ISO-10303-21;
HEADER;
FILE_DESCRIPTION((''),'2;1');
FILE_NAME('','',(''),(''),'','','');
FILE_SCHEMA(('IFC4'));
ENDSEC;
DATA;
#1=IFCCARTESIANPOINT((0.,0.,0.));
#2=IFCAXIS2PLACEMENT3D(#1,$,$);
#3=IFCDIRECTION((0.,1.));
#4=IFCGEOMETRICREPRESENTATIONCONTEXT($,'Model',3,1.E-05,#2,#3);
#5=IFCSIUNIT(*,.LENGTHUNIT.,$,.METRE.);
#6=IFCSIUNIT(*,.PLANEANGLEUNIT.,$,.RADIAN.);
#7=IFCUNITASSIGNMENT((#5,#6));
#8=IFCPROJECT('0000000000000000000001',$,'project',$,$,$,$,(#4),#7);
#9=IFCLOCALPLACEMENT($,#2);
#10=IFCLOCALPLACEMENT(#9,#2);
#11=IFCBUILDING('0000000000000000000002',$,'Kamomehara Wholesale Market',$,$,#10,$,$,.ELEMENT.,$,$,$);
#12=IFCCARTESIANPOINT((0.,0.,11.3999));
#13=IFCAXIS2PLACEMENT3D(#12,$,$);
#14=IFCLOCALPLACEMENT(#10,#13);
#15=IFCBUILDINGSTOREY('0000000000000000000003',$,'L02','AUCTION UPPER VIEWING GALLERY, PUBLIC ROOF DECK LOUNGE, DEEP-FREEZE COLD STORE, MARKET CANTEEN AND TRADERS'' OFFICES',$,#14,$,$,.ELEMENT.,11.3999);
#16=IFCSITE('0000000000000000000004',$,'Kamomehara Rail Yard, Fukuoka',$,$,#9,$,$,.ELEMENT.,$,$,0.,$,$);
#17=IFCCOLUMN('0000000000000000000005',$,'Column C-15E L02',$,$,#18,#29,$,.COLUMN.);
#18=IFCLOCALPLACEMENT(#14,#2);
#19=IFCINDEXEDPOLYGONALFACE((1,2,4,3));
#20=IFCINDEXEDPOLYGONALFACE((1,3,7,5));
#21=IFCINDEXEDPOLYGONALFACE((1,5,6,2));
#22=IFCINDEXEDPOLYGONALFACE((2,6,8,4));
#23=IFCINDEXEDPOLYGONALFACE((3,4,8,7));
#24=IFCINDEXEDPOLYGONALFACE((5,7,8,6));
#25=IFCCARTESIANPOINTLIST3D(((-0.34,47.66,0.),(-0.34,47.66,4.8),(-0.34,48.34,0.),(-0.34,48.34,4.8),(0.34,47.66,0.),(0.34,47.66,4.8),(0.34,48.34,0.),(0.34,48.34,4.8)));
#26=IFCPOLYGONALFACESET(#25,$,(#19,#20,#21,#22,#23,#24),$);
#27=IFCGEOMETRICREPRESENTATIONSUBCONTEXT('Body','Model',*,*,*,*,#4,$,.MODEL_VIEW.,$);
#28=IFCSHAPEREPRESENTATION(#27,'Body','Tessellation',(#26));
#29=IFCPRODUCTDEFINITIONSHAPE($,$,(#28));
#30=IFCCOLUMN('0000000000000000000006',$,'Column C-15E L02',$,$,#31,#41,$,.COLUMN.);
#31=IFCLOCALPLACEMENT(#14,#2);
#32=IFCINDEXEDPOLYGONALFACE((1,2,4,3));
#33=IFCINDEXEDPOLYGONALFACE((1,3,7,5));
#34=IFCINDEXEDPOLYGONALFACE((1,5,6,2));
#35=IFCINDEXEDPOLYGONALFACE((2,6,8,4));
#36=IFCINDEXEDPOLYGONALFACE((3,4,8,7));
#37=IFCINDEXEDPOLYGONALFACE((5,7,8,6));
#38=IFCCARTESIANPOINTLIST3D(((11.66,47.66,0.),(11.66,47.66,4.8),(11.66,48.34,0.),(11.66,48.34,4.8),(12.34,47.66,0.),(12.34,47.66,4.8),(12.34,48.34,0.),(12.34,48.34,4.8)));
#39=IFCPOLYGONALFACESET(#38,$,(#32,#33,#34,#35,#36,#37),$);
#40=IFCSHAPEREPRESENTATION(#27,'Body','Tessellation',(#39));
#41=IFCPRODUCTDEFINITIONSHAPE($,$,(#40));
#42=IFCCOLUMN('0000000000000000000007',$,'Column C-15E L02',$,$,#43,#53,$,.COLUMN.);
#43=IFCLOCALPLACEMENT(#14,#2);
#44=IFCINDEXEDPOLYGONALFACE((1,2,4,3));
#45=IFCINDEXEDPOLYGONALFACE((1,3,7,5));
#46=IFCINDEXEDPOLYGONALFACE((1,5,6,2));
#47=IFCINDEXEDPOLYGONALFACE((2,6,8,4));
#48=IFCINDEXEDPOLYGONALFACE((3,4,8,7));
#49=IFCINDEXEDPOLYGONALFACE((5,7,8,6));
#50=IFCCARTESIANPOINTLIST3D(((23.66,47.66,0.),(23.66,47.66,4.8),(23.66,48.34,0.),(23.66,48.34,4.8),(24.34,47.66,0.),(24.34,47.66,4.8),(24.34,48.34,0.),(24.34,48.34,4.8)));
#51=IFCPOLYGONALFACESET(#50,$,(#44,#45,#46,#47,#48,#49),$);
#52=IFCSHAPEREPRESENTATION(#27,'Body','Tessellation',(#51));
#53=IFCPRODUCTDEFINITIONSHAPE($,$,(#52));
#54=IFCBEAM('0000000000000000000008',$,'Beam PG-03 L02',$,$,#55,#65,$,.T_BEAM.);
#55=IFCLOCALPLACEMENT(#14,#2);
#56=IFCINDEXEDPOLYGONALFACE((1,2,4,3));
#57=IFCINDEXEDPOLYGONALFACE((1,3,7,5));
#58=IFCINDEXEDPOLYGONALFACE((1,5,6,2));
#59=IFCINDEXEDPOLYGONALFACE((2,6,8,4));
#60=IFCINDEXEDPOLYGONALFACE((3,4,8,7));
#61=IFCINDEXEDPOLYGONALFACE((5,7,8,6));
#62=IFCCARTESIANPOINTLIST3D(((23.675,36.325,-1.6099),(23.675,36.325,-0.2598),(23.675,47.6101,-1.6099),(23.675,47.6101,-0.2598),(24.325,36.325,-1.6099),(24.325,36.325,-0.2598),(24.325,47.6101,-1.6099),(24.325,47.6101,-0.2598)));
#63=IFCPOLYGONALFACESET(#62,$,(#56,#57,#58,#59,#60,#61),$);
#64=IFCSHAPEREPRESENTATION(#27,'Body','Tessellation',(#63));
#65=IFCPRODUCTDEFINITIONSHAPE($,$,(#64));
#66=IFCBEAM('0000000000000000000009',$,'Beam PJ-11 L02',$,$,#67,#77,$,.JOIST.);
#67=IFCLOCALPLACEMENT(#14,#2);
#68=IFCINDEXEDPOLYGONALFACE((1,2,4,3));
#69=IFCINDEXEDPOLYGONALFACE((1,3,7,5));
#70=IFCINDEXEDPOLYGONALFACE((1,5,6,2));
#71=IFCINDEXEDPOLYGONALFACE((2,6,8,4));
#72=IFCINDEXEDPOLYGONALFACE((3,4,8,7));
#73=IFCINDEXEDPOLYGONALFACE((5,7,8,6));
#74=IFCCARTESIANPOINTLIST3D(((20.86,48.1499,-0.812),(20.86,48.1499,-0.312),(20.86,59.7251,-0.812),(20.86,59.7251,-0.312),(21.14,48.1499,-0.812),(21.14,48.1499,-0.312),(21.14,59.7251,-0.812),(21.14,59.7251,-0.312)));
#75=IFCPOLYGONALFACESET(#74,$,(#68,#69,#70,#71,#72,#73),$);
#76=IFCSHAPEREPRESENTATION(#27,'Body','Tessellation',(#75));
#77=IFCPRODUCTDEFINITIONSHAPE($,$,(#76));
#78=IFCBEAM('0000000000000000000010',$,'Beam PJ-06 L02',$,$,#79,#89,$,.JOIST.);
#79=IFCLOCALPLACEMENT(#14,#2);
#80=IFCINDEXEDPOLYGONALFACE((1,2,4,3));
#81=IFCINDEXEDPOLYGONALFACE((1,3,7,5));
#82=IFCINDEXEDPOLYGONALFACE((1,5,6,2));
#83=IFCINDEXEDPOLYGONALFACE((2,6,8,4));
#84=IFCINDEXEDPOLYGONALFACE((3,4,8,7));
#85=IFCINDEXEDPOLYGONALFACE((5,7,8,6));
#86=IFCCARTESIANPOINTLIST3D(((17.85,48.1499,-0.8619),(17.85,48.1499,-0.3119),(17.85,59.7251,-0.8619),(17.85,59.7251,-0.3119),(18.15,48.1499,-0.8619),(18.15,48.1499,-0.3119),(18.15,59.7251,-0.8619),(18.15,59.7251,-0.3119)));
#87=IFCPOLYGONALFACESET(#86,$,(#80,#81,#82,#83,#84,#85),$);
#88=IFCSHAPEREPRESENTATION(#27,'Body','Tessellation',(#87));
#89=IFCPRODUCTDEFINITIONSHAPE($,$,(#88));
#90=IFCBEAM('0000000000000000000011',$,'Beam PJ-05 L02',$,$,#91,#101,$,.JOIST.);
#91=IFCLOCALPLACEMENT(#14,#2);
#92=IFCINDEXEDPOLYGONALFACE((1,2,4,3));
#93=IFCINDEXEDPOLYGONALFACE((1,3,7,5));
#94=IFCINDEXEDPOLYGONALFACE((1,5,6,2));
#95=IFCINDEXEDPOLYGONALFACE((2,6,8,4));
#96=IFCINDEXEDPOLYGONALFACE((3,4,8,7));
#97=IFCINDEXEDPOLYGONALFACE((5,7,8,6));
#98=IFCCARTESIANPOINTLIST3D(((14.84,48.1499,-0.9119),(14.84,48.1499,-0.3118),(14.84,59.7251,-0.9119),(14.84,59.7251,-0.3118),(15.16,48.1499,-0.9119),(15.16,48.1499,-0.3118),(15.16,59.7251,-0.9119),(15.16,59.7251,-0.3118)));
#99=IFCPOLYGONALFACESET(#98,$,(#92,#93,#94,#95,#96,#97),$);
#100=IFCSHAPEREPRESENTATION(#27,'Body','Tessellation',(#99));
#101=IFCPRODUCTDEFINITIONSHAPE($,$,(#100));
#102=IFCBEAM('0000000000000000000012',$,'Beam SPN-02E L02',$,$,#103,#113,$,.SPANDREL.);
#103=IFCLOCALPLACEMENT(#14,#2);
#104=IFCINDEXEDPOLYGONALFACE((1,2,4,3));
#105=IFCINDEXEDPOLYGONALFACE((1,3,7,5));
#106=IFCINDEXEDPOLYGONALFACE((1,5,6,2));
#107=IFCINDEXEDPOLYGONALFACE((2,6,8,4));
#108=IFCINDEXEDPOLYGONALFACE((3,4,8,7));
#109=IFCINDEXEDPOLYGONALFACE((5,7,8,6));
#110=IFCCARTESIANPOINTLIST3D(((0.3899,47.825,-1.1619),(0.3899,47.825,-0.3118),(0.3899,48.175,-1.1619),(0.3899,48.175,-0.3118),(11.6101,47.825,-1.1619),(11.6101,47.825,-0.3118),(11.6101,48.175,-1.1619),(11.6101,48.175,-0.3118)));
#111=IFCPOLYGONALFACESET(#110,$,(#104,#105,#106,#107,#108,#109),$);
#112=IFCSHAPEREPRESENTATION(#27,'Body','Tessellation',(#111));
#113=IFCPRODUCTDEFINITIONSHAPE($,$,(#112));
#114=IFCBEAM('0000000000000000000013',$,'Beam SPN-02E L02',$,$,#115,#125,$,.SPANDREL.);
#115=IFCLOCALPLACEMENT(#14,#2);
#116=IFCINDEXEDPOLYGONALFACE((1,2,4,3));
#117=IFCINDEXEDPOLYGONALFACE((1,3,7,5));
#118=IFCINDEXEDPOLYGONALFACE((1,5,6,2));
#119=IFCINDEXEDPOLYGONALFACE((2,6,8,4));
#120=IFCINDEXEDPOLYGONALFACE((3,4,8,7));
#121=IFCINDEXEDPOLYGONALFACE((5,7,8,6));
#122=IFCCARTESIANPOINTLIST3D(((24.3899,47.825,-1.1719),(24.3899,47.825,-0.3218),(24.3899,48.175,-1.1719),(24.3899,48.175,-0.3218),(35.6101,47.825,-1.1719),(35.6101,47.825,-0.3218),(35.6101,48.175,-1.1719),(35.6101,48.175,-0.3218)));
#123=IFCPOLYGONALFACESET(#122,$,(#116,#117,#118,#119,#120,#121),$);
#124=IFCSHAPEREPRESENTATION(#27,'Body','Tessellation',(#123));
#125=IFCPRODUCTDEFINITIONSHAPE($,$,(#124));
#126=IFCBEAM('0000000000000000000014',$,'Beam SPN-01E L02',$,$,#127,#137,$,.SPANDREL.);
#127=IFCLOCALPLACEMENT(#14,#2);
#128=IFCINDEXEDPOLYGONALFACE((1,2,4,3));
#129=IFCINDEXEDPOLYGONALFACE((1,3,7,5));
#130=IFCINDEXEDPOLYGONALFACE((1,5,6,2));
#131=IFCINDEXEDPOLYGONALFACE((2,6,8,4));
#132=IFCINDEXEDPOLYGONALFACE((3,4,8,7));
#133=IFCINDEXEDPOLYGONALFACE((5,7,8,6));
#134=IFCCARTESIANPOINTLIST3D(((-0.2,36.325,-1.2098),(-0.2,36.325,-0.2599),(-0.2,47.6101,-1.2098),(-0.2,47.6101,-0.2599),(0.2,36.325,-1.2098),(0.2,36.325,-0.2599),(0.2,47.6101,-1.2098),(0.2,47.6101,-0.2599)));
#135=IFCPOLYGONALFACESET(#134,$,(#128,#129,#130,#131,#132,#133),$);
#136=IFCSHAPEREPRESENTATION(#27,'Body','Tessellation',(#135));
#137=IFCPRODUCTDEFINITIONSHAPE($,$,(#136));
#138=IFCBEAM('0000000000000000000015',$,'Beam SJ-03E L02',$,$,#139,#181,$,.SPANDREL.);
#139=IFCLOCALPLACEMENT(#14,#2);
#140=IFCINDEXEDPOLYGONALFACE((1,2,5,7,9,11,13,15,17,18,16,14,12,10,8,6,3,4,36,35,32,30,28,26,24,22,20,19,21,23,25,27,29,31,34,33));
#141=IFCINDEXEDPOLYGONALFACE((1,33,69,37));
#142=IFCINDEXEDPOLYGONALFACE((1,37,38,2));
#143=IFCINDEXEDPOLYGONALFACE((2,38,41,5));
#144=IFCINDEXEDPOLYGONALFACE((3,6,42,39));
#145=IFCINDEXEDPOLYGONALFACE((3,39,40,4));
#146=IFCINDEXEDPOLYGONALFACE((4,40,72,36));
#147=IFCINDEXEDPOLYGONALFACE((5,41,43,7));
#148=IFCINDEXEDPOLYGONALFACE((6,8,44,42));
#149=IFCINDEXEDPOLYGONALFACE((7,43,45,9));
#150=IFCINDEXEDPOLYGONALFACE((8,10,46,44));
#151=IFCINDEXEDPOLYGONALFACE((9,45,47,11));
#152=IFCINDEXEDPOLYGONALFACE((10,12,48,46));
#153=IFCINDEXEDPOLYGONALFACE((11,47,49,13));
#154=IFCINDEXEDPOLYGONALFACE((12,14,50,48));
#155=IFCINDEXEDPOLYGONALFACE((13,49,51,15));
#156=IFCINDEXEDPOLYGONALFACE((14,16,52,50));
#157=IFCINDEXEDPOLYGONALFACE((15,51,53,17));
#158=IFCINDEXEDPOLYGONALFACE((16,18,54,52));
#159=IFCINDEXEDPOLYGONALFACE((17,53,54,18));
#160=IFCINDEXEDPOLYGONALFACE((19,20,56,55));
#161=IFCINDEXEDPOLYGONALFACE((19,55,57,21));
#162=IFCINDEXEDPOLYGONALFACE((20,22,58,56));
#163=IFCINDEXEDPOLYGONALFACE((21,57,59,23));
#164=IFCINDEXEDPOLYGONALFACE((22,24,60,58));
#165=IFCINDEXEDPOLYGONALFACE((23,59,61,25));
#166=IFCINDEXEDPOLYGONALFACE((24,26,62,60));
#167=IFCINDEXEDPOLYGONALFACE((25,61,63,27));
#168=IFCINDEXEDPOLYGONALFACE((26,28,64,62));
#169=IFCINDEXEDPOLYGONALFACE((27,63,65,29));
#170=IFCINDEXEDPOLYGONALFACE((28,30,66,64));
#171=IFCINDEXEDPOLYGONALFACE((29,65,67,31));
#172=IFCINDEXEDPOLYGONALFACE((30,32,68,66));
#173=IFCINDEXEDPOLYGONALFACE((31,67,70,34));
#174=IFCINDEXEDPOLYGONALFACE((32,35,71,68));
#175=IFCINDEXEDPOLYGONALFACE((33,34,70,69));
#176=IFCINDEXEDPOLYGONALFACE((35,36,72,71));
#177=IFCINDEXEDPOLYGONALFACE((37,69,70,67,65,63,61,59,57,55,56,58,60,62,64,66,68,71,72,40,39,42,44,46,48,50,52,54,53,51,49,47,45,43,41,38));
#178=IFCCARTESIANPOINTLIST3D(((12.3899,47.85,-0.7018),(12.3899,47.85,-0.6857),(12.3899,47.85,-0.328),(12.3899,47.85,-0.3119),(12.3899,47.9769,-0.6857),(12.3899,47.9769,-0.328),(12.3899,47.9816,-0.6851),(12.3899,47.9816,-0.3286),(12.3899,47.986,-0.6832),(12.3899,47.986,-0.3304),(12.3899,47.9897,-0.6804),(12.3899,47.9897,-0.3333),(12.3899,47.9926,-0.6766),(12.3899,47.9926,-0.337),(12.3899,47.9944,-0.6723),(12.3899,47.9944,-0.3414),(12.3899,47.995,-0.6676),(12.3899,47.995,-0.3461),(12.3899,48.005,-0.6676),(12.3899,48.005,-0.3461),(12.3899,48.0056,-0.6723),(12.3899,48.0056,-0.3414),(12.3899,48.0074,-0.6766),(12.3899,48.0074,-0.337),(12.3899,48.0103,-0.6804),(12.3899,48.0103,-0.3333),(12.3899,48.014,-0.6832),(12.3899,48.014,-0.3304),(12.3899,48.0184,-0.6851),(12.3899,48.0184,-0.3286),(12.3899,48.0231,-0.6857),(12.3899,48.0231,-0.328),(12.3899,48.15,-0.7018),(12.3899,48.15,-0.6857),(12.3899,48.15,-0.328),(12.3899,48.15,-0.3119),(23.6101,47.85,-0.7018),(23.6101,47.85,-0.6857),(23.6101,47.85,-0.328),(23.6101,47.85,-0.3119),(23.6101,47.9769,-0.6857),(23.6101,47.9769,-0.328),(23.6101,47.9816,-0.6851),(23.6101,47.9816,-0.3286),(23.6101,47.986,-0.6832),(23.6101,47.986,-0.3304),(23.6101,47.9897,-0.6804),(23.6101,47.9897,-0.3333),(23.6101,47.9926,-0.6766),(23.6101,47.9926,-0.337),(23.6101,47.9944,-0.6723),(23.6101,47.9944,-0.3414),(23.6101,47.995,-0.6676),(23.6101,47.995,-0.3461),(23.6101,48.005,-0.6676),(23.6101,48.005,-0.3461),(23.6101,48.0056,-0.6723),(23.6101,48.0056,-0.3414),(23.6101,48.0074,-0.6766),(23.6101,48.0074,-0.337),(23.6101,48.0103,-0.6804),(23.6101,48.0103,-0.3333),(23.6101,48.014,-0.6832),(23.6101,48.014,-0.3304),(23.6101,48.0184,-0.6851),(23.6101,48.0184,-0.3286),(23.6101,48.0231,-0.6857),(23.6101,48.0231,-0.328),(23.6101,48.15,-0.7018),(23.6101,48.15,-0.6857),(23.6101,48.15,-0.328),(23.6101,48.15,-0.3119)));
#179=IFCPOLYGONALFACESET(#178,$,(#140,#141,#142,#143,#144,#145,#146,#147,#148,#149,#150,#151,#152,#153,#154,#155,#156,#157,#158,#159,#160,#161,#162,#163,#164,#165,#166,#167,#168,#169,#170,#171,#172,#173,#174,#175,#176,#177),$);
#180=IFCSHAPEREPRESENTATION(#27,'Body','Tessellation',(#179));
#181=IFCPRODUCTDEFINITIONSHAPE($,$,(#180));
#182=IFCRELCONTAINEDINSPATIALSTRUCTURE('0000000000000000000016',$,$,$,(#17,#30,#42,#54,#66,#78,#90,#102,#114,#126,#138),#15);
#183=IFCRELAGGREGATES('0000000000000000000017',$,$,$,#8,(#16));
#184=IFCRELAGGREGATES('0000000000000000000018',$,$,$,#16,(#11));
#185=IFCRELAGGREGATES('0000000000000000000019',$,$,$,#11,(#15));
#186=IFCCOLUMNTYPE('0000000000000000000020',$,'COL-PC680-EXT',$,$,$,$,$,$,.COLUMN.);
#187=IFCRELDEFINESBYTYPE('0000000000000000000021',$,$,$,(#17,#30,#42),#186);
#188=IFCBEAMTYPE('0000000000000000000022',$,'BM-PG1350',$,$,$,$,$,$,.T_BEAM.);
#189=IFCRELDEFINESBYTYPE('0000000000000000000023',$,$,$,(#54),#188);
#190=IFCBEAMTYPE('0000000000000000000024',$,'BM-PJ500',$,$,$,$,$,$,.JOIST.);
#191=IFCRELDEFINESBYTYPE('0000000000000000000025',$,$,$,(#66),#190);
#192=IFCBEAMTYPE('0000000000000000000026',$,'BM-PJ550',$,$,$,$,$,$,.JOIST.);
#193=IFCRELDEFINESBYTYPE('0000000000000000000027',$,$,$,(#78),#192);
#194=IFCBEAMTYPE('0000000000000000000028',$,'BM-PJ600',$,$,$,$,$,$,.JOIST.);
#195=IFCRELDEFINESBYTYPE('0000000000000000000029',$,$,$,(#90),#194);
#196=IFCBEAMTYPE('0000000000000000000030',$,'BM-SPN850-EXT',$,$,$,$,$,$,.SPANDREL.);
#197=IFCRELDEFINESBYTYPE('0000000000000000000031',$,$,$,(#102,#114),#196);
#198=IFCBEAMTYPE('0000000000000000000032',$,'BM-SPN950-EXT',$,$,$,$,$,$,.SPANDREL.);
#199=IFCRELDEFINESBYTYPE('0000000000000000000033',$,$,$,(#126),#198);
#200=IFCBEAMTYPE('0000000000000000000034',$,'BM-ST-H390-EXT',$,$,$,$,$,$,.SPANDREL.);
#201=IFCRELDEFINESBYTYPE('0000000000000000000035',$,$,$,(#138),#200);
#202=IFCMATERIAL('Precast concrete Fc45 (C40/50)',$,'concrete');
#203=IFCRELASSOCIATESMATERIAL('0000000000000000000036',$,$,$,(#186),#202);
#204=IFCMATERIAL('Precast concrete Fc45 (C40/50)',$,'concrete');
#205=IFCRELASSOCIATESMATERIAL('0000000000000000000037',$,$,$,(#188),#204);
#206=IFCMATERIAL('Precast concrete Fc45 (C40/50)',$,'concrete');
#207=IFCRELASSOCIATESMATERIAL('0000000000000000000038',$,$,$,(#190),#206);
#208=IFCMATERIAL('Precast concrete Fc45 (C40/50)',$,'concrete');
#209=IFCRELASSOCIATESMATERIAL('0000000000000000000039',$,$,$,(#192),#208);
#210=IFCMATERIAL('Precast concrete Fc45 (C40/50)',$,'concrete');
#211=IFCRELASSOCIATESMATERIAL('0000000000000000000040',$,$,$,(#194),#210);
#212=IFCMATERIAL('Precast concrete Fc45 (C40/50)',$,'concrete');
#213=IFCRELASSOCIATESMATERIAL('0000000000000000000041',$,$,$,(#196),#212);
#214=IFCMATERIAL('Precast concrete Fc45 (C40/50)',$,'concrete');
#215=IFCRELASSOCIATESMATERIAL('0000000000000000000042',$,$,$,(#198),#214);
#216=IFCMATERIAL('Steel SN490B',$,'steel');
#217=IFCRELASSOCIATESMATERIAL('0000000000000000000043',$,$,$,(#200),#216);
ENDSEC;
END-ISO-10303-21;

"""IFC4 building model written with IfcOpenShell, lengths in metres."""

from ifc_helpers import new_model, si_unit, direction, frame, origin, origin_2d, place, context, subcontext, project, spatial, rectangle, i_section, extrude, material, material_profile, profile_set, type_object, element, save


model = new_model("IFC4")

# Units and contexts
model_context = context("Model", 3, precision=1e-05, world=origin(), true_north=direction((0.0, 1.0)))
body_context = subcontext(model_context, "Body", "Model", "MODEL_VIEW")
ifc_project = project(units=[si_unit("LENGTHUNIT", "METRE"), si_unit("PLANEANGLEUNIT", "RADIAN")], contexts=[model_context])

# Site, building, storey
site_placement = place(None, origin())
site = spatial("IfcSite", under=ifc_project, at=site_placement, Name="Kamomehara Rail Yard, Fukuoka", CompositionType="ELEMENT", RefElevation=0.0)
building_placement = place(site_placement, origin())
building = spatial("IfcBuilding", under=site, at=building_placement, Name="Kamomehara Wholesale Market", CompositionType="ELEMENT")
storey_placement = place(building_placement, frame((0.0, 0.0, 11.3999)))
storey = spatial("IfcBuildingStorey", under=building, at=storey_placement, Name="L02", Description="AUCTION UPPER VIEWING GALLERY, PUBLIC ROOF DECK LOUNGE, DEEP-FREEZE COLD STORE, MARKET CANTEEN AND TRADERS' OFFICES", CompositionType="ELEMENT", Elevation=11.3999)

# Columns
ifc_material_1 = material(Name="Precast concrete Fc45 (C40/50)", Category="concrete")
ifc_material_profile_1 = material_profile(ifc_material_1, rectangle(XDim=0.6799, YDim=0.6799, at=origin_2d()), Name="PC-COL-680x680")
ifc_profile_set_1 = profile_set([ifc_material_profile_1], Name="Precast concrete Fc45 (C40/50)")
column_type = type_object("IfcColumnType", Name="COL-PC680-EXT", PredefinedType="COLUMN", material=ifc_profile_set_1)
for number, where, z_axis, x_axis, name in (
    (1, (0.0, 48.0, 0.0), (0.0, 0.0, 1.0), (1.0, 0.0, 0.0), "Column C-15E L02"),
    (2, (12.0, 48.0, 0.0), (0.0, 0.0, 1.0), (1.0, 0.0, 0.0), "Column C-15E L02"),
    (3, (24.0, 48.0, 0.0), (0.0, 0.0, 1.0), (1.0, 0.0, 0.0), "Column C-15E L02"),
):
    element("IfcColumn", number, at=place(storey_placement, frame(where, z_axis=z_axis, x_axis=x_axis)), inside=storey, type_object=column_type, Name=name, PredefinedType="COLUMN", context=body_context, shape_type="SweptSolid", body=[
        extrude(rectangle(XDim=0.6799, YDim=0.6799, at=origin_2d()), origin(), (0.0, 0.0, 1.0), 4.8),
    ])

# Beams
ifc_material_2 = material(Name="Precast concrete Fc45 (C40/50)", Category="concrete")
ifc_material_profile_2 = material_profile(ifc_material_2, rectangle(XDim=0.6499, YDim=1.3501, at=origin_2d()), Name="PC-GRD-650x1350")
ifc_profile_set_2 = profile_set([ifc_material_profile_2], Name="Precast concrete Fc45 (C40/50)")
beam_type_1 = type_object("IfcBeamType", Name="BM-PG1350", PredefinedType="T_BEAM", material=ifc_profile_set_2)
beam_1_placement = place(storey_placement, frame((24.0, 36.325, -0.9348), z_axis=(0.0, 1.0, 0.0), x_axis=(-1.0, 0.0, 0.0)))
element("IfcBeam", 4, at=beam_1_placement, inside=storey, type_object=beam_type_1, Name="Beam PG-03 L02", PredefinedType="T_BEAM", context=body_context, shape_type="SweptSolid", body=[
    extrude(rectangle(XDim=0.6499, YDim=1.3501, at=origin_2d()), origin(), (0.0, 0.0, 1.0), 11.2852),
])
ifc_material_3 = material(Name="Precast concrete Fc45 (C40/50)", Category="concrete")
ifc_material_profile_3 = material_profile(ifc_material_3, rectangle(XDim=0.28, YDim=0.5, at=origin_2d()), Name="PC-JST-280x500")
ifc_profile_set_3 = profile_set([ifc_material_profile_3], Name="Precast concrete Fc45 (C40/50)")
beam_type_2 = type_object("IfcBeamType", Name="BM-PJ500", PredefinedType="JOIST", material=ifc_profile_set_3)
beam_2_placement = place(storey_placement, frame((21.0, 48.1499, -0.562), z_axis=(0.0, 1.0, 0.0), x_axis=(-1.0, 0.0, 0.0)))
element("IfcBeam", 5, at=beam_2_placement, inside=storey, type_object=beam_type_2, Name="Beam PJ-11 L02", PredefinedType="JOIST", context=body_context, shape_type="SweptSolid", body=[
    extrude(rectangle(XDim=0.28, YDim=0.5, at=origin_2d()), origin(), (0.0, 0.0, 1.0), 11.5752),
])
ifc_material_4 = material(Name="Precast concrete Fc45 (C40/50)", Category="concrete")
ifc_material_profile_4 = material_profile(ifc_material_4, rectangle(XDim=0.3, YDim=0.55, at=origin_2d()), Name="PC-JST-300x550")
ifc_profile_set_4 = profile_set([ifc_material_profile_4], Name="Precast concrete Fc45 (C40/50)")
beam_type_3 = type_object("IfcBeamType", Name="BM-PJ550", PredefinedType="JOIST", material=ifc_profile_set_4)
beam_3_placement = place(storey_placement, frame((18.0, 48.1499, -0.5869), z_axis=(0.0, 1.0, 0.0), x_axis=(-1.0, 0.0, 0.0)))
element("IfcBeam", 6, at=beam_3_placement, inside=storey, type_object=beam_type_3, Name="Beam PJ-06 L02", PredefinedType="JOIST", context=body_context, shape_type="SweptSolid", body=[
    extrude(rectangle(XDim=0.3, YDim=0.55, at=origin_2d()), origin(), (0.0, 0.0, 1.0), 11.5752),
])
ifc_material_5 = material(Name="Precast concrete Fc45 (C40/50)", Category="concrete")
ifc_material_profile_5 = material_profile(ifc_material_5, rectangle(XDim=0.3201, YDim=0.6001, at=origin_2d()), Name="PC-JST-320x600")
ifc_profile_set_5 = profile_set([ifc_material_profile_5], Name="Precast concrete Fc45 (C40/50)")
beam_type_4 = type_object("IfcBeamType", Name="BM-PJ600", PredefinedType="JOIST", material=ifc_profile_set_5)
beam_4_placement = place(storey_placement, frame((15.0, 48.1499, -0.6118), z_axis=(0.0, 1.0, 0.0), x_axis=(-1.0, 0.0, 0.0)))
element("IfcBeam", 7, at=beam_4_placement, inside=storey, type_object=beam_type_4, Name="Beam PJ-05 L02", PredefinedType="JOIST", context=body_context, shape_type="SweptSolid", body=[
    extrude(rectangle(XDim=0.3201, YDim=0.6001, at=origin_2d()), origin(), (0.0, 0.0, 1.0), 11.5752),
])
ifc_material_6 = material(Name="Precast concrete Fc45 (C40/50)", Category="concrete")
ifc_material_profile_6 = material_profile(ifc_material_6, rectangle(XDim=0.3501, YDim=0.8501, at=origin_2d()), Name="PC-SPN-350x850")
ifc_profile_set_6 = profile_set([ifc_material_profile_6], Name="Precast concrete Fc45 (C40/50)")
beam_type_5 = type_object("IfcBeamType", Name="BM-SPN850-EXT", PredefinedType="SPANDREL", material=ifc_profile_set_6)
for number, where, z_axis, x_axis, name in (
    (8, (0.3899, 48.0, -0.7368), (1.0, 0.0, 0.0), (0.0, 1.0, 0.0), "Beam SPN-02E L02"),
    (9, (24.3899, 48.0, -0.7468), (1.0, 0.0, 0.0), (0.0, 1.0, 0.0), "Beam SPN-02E L02"),
):
    element("IfcBeam", number, at=place(storey_placement, frame(where, z_axis=z_axis, x_axis=x_axis)), inside=storey, type_object=beam_type_5, Name=name, PredefinedType="SPANDREL", context=body_context, shape_type="SweptSolid", body=[
        extrude(rectangle(XDim=0.3501, YDim=0.8501, at=origin_2d()), origin(), (0.0, 0.0, 1.0), 11.2202),
    ])
ifc_material_7 = material(Name="Precast concrete Fc45 (C40/50)", Category="concrete")
ifc_material_profile_7 = material_profile(ifc_material_7, rectangle(XDim=0.3999, YDim=0.95, at=origin_2d()), Name="PC-SPN-400x950")
ifc_profile_set_7 = profile_set([ifc_material_profile_7], Name="Precast concrete Fc45 (C40/50)")
beam_type_6 = type_object("IfcBeamType", Name="BM-SPN950-EXT", PredefinedType="SPANDREL", material=ifc_profile_set_7)
beam_5_placement = place(storey_placement, frame((0.0, 36.325, -0.7349), z_axis=(0.0, 1.0, 0.0), x_axis=(-1.0, 0.0, 0.0)))
element("IfcBeam", 10, at=beam_5_placement, inside=storey, type_object=beam_type_6, Name="Beam SPN-01E L02", PredefinedType="SPANDREL", context=body_context, shape_type="SweptSolid", body=[
    extrude(rectangle(XDim=0.3999, YDim=0.95, at=origin_2d()), origin(), (0.0, 0.0, 1.0), 11.2852),
])
ifc_material_8 = material(Name="Steel SN490B", Category="steel")
ifc_material_profile_8 = material_profile(ifc_material_8, i_section(OverallWidth=0.3, OverallDepth=0.3899, WebThickness=0.01, FlangeThickness=0.0161, FilletRadius=0.0181, at=origin_2d()), Name="H-390x300x10x16")
ifc_profile_set_8 = profile_set([ifc_material_profile_8], Name="Steel SN490B")
beam_type_7 = type_object("IfcBeamType", Name="BM-ST-H390-EXT", PredefinedType="SPANDREL", material=ifc_profile_set_8)
beam_6_placement = place(storey_placement, frame((12.3899, 48.0, -0.5068), z_axis=(1.0, 0.0, 0.0), x_axis=(0.0, 1.0, 0.0)))
element("IfcBeam", 11, at=beam_6_placement, inside=storey, type_object=beam_type_7, Name="Beam SJ-03E L02", PredefinedType="SPANDREL", context=body_context, shape_type="SweptSolid", body=[
    extrude(i_section(OverallWidth=0.3, OverallDepth=0.3899, WebThickness=0.01, FlangeThickness=0.0161, FilletRadius=0.0181, at=origin_2d()), origin(), (0.0, 0.0, 1.0), 11.2202),
])

save(model, "model.ifc")
